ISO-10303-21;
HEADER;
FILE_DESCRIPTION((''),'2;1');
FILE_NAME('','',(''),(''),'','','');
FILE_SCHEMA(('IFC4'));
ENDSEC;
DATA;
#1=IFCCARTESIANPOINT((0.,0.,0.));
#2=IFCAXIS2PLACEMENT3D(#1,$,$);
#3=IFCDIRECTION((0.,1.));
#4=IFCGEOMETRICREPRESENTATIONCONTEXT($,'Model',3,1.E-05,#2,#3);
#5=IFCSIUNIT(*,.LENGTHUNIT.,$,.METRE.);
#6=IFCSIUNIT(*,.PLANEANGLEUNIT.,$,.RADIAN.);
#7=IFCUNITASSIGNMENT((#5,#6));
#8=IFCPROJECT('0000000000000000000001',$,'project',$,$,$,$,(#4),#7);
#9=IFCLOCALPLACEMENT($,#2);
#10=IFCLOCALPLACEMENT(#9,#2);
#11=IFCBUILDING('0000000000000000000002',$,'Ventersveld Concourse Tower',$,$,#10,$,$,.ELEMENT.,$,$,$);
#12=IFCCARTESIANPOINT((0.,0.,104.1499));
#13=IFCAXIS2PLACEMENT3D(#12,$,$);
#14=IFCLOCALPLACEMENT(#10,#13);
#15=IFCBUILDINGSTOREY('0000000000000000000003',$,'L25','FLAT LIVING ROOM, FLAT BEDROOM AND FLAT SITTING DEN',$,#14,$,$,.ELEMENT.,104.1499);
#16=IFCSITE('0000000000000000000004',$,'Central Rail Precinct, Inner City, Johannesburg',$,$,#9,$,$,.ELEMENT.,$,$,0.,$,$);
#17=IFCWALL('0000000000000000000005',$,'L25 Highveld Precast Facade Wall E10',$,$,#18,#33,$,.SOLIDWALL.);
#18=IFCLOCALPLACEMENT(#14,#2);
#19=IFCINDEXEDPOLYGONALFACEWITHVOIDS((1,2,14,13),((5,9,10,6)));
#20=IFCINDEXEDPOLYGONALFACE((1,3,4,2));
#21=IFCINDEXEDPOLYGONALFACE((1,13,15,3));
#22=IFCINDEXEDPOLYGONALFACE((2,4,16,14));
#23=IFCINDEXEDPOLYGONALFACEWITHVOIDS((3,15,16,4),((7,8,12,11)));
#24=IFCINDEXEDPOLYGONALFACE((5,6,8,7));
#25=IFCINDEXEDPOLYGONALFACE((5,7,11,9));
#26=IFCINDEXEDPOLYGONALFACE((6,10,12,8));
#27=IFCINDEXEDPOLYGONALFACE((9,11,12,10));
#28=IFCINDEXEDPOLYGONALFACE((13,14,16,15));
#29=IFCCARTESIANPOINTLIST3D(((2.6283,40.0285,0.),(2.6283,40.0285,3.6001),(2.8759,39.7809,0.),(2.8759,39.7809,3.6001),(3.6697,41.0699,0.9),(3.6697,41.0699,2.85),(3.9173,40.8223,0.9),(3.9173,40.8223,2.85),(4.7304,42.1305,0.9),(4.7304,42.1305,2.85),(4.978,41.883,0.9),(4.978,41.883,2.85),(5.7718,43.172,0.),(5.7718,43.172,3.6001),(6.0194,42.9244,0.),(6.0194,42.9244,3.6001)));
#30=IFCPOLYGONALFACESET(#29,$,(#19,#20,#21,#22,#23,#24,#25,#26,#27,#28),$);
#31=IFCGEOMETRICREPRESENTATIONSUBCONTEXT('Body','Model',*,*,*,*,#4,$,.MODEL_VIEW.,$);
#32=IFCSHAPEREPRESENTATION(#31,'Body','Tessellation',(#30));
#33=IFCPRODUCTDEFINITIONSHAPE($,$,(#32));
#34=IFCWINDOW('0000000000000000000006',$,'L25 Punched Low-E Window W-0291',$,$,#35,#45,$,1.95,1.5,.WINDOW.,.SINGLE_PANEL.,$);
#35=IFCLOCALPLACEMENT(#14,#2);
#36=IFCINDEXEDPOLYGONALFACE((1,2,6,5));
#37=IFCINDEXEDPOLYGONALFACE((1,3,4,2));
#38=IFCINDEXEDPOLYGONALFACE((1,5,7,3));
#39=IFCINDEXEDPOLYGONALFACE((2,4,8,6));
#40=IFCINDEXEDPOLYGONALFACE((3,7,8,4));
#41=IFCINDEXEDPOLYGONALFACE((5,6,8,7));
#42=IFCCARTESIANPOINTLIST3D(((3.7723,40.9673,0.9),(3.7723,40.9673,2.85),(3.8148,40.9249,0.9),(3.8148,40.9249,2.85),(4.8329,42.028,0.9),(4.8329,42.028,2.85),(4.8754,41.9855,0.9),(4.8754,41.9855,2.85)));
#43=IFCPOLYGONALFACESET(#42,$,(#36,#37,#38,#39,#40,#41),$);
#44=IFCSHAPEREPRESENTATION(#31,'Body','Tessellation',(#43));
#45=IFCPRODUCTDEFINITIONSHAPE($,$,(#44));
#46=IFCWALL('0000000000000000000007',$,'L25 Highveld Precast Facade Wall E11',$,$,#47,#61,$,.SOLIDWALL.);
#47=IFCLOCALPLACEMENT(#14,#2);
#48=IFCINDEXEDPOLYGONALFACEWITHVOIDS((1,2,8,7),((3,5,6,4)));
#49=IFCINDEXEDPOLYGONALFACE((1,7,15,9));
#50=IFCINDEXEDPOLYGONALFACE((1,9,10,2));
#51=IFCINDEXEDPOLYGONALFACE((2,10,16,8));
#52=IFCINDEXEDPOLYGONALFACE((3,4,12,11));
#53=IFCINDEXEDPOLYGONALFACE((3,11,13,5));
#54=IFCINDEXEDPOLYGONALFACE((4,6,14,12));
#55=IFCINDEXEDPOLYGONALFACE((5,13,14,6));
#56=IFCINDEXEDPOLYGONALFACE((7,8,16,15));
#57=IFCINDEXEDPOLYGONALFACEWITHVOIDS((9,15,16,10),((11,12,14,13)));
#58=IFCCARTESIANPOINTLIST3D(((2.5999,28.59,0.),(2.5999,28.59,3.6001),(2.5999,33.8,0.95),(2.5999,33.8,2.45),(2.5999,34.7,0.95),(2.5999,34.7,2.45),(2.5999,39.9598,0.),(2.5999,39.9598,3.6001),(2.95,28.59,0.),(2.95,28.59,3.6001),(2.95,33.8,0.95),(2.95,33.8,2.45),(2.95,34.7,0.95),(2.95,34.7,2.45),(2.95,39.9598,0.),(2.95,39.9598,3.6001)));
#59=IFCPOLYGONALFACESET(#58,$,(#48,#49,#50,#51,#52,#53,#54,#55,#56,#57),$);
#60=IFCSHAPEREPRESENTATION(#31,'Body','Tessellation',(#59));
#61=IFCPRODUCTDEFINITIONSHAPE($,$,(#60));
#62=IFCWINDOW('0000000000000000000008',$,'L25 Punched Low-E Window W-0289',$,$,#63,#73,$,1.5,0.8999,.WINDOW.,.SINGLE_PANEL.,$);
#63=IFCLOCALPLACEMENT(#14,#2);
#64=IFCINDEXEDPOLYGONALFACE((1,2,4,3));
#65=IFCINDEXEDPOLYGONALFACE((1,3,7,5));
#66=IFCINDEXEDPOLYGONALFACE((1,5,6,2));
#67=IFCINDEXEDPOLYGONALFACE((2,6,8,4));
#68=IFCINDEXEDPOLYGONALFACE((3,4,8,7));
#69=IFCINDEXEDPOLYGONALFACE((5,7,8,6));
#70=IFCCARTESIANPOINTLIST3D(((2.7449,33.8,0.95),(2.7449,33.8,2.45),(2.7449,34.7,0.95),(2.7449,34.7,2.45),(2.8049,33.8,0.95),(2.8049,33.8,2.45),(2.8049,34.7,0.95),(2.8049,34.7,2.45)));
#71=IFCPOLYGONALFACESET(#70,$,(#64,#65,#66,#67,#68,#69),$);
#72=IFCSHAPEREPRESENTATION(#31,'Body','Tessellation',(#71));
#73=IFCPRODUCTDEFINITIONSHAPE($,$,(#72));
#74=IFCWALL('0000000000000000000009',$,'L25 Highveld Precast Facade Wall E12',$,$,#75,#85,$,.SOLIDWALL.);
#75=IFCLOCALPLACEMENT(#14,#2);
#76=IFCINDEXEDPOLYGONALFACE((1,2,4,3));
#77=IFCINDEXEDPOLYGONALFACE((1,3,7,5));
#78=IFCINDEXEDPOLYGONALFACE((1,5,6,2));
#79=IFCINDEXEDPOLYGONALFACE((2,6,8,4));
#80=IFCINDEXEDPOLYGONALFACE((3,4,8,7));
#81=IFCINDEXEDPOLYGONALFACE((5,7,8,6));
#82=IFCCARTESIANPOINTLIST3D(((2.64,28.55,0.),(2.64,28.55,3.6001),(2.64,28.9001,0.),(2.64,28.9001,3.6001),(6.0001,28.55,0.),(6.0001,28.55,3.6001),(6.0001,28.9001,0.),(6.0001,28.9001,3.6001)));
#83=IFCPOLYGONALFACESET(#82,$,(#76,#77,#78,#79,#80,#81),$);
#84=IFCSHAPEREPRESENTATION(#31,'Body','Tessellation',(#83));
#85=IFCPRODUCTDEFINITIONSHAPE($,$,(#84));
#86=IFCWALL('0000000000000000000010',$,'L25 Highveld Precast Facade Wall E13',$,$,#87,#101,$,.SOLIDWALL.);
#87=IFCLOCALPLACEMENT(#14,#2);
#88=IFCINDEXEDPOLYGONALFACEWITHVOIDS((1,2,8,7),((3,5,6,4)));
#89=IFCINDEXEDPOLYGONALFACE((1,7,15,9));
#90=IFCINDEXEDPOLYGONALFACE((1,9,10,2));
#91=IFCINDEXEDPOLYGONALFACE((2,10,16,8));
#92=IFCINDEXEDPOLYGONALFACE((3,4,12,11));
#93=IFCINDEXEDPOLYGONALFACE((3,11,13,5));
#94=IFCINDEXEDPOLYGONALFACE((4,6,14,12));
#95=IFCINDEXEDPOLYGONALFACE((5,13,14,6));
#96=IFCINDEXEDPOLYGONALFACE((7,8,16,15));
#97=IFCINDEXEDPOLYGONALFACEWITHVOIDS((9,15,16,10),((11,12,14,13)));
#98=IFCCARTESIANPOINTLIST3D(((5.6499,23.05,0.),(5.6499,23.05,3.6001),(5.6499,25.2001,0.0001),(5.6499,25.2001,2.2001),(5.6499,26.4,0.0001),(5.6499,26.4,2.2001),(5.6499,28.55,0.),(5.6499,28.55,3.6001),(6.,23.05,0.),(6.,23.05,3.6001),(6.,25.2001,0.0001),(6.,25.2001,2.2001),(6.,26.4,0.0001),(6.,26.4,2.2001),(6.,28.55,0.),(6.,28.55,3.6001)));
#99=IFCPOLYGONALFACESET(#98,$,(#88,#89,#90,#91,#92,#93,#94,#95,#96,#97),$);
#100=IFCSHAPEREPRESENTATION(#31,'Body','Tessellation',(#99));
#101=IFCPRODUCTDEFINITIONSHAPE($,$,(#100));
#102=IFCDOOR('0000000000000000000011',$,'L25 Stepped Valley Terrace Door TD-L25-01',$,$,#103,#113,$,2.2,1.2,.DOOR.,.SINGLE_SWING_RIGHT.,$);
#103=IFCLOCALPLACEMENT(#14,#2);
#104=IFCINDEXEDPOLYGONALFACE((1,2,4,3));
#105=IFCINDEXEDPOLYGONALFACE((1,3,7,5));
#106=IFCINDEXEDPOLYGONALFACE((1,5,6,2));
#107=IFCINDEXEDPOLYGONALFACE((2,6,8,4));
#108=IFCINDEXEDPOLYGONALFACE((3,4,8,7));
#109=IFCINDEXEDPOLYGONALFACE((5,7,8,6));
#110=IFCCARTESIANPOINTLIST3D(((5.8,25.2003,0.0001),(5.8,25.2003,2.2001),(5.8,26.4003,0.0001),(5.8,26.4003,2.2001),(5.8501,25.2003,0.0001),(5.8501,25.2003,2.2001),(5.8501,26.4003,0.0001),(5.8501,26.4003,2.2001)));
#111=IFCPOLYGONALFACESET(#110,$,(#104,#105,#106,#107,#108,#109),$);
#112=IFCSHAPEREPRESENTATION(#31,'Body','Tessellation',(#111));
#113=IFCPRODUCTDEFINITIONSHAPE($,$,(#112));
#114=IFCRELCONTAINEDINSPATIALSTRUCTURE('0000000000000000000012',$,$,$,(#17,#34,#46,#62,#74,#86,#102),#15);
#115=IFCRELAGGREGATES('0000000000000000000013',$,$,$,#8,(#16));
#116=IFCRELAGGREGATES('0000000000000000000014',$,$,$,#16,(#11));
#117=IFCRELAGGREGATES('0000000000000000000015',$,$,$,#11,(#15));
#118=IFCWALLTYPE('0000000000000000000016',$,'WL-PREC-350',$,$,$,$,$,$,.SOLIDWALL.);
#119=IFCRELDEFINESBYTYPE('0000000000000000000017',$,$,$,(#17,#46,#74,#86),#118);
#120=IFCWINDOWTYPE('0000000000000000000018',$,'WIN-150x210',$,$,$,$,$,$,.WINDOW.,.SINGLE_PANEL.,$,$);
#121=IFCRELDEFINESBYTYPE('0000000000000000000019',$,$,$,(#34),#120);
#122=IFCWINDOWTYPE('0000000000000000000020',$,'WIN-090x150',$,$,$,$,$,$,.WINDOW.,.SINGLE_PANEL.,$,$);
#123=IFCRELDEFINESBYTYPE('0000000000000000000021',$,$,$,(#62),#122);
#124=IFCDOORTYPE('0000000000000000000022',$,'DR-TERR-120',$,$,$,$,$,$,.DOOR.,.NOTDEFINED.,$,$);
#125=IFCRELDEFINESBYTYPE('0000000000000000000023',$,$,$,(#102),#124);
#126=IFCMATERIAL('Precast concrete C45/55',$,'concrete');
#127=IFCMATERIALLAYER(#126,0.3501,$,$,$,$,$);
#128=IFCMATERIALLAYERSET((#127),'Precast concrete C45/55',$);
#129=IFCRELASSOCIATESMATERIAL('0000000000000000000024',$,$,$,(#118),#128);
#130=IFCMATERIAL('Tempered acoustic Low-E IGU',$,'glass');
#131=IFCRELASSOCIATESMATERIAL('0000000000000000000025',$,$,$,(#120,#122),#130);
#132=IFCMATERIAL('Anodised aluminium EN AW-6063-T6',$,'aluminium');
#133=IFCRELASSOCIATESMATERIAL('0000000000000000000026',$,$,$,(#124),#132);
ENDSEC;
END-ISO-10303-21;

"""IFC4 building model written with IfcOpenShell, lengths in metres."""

from ifc_helpers import new_model, si_unit, direction, frame, frame_2d, origin, place, context, subcontext, project, spatial, rectangle, extrude, material, layer, layer_set, type_object, element, fill, save


model = new_model("IFC4")

# Units and contexts
model_context = context("Model", 3, precision=1e-05, world=origin(), true_north=direction((0.0, 1.0)))
body_context = subcontext(model_context, "Body", "Model", "MODEL_VIEW")
ifc_project = project(units=[si_unit("LENGTHUNIT", "METRE"), si_unit("PLANEANGLEUNIT", "RADIAN")], contexts=[model_context])

# Site, building, storey
site_placement = place(None, origin())
site = spatial("IfcSite", under=ifc_project, at=site_placement, Name="Central Rail Precinct, Inner City, Johannesburg", CompositionType="ELEMENT", RefElevation=0.0)
building_placement = place(site_placement, origin())
building = spatial("IfcBuilding", under=site, at=building_placement, Name="Ventersveld Concourse Tower", CompositionType="ELEMENT")
storey_placement = place(building_placement, frame((0.0, 0.0, 104.1499)))
storey = spatial("IfcBuildingStorey", under=building, at=storey_placement, Name="L25", Description="FLAT LIVING ROOM, FLAT BEDROOM AND FLAT SITTING DEN", CompositionType="ELEMENT", Elevation=104.1499)

# Walls, openings, windows
ifc_material_1 = material(Name="Precast concrete C45/55", Category="concrete")
ifc_layer_1 = layer(ifc_material_1, 0.3501)
ifc_layer_set_1 = layer_set([ifc_layer_1], Name="Precast concrete C45/55")
wall_type_1 = type_object("IfcWallType", Name="WL-PREC-350", PredefinedType="SOLIDWALL", material=ifc_layer_set_1)
wall_1_placement = place(storey_placement, frame((5.8955, 43.0481, 0.0), z_axis=(0.0, 0.0, 1.0), x_axis=(-0.707107, -0.707107, 0.0)))
wall_1 = element("IfcWall", 1, at=wall_1_placement, inside=storey, type_object=wall_type_1, Name="L25 Highveld Precast Facade Wall E10", PredefinedType="SOLIDWALL", context=body_context, shape_type="SweptSolid", body=[
    extrude(rectangle(XDim=4.4456, YDim=0.3501, at=frame_2d((2.2227, 0.0))), origin(), (0.0, 0.0, 1.0), 3.6001),
])
opening_1_placement = place(wall_1_placement, frame((1.4727, 0.0, 0.8999)))
opening_1 = element("IfcOpeningElement", 2, at=opening_1_placement, cuts=wall_1, PredefinedType="OPENING", context=body_context, shape_type="SweptSolid", body=[
    extrude(rectangle(XDim=1.5, YDim=1.95, at=frame_2d((0.75, 0.9751))), frame((0.0, 0.1851, 0.0), z_axis=(0.0, -1.0, 0.0), x_axis=(1.0, 0.0, 0.0)), (0.0, 0.0, 1.0), 0.3701),
])
ifc_material_2 = material(Name="Tempered acoustic Low-E IGU", Category="glass")
window_type_1 = type_object("IfcWindowType", Name="WIN-150x210", PartitioningType="SINGLE_PANEL", PredefinedType="WINDOW", material=ifc_material_2)
window_1_placement = place(opening_1_placement, origin())
window_1 = element("IfcWindow", 3, at=window_1_placement, inside=storey, type_object=window_type_1, Name="L25 Punched Low-E Window W-0291", OverallHeight=1.95, OverallWidth=1.5, PartitioningType="SINGLE_PANEL", PredefinedType="WINDOW", context=body_context, shape_type="SweptSolid", body=[
    extrude(rectangle(XDim=1.5, YDim=1.95, at=frame_2d((0.75, 0.9751))), frame((0.0, 0.03, 0.0), z_axis=(0.0, -1.0, 0.0), x_axis=(1.0, 0.0, 0.0)), (0.0, 0.0, 1.0), 0.0601),
])
fill(opening_1, window_1)
wall_2_placement = place(storey_placement, frame((2.7749, 39.96, 0.0), z_axis=(0.0, 0.0, 1.0), x_axis=(0.0, -1.0, 0.0)))
wall_2 = element("IfcWall", 4, at=wall_2_placement, inside=storey, type_object=wall_type_1, Name="L25 Highveld Precast Facade Wall E11", PredefinedType="SOLIDWALL", context=body_context, shape_type="SweptSolid", body=[
    extrude(rectangle(XDim=11.3699, YDim=0.3501, at=frame_2d((5.6851, 0.0))), origin(), (0.0, 0.0, 1.0), 3.6001),
])
opening_2_placement = place(wall_2_placement, frame((5.26, 0.0, 0.95)))
opening_2 = element("IfcOpeningElement", 5, at=opening_2_placement, cuts=wall_2, PredefinedType="OPENING", context=body_context, shape_type="SweptSolid", body=[
    extrude(rectangle(XDim=0.8999, YDim=1.5, at=frame_2d((0.45, 0.75))), frame((0.0, 0.1851, 0.0), z_axis=(0.0, -1.0, 0.0), x_axis=(1.0, 0.0, 0.0)), (0.0, 0.0, 1.0), 0.3701),
])
window_type_2 = type_object("IfcWindowType", Name="WIN-090x150", PartitioningType="SINGLE_PANEL", PredefinedType="WINDOW", material=ifc_material_2)
window_2_placement = place(opening_2_placement, origin())
window_2 = element("IfcWindow", 6, at=window_2_placement, inside=storey, type_object=window_type_2, Name="L25 Punched Low-E Window W-0289", OverallHeight=1.5, OverallWidth=0.8999, PartitioningType="SINGLE_PANEL", PredefinedType="WINDOW", context=body_context, shape_type="SweptSolid", body=[
    extrude(rectangle(XDim=0.8999, YDim=1.5, at=frame_2d((0.45, 0.75))), frame((0.0, 0.03, 0.0), z_axis=(0.0, -1.0, 0.0), x_axis=(1.0, 0.0, 0.0)), (0.0, 0.0, 1.0), 0.0601),
])
fill(opening_2, window_2)

# Wall
wall_3_placement = place(storey_placement, frame((2.6399, 28.7251, 0.0), z_axis=(0.0, 0.0, 1.0), x_axis=(1.0, 0.0, 0.0)))
element("IfcWall", 7, at=wall_3_placement, inside=storey, type_object=wall_type_1, Name="L25 Highveld Precast Facade Wall E12", PredefinedType="SOLIDWALL", context=body_context, shape_type="SweptSolid", body=[
    extrude(rectangle(XDim=3.3601, YDim=0.3501, at=frame_2d((1.6802, 0.0))), origin(), (0.0, 0.0, 1.0), 3.6001),
])

# Wall, opening, door
wall_4_placement = place(storey_placement, frame((5.825, 28.55, 0.0), z_axis=(0.0, 0.0, 1.0), x_axis=(0.0, -1.0, 0.0)))
wall_4 = element("IfcWall", 8, at=wall_4_placement, inside=storey, type_object=wall_type_1, Name="L25 Highveld Precast Facade Wall E13", PredefinedType="SOLIDWALL", context=body_context, shape_type="SweptSolid", body=[
    extrude(rectangle(XDim=5.5, YDim=0.3501, at=frame_2d((2.75, 0.0))), origin(), (0.0, 0.0, 1.0), 3.6001),
])
opening_3_placement = place(wall_4_placement, frame((2.1499, 0.0, 0.0)))
opening_3 = element("IfcOpeningElement", 9, at=opening_3_placement, cuts=wall_4, PredefinedType="OPENING", context=body_context, shape_type="SweptSolid", body=[
    extrude(rectangle(XDim=1.2, YDim=2.2, at=frame_2d((0.6001, 1.1001))), frame((0.0, 0.1851, 0.0), z_axis=(0.0, -1.0, 0.0), x_axis=(1.0, 0.0, 0.0)), (0.0, 0.0, 1.0), 0.3701),
])
ifc_material_3 = material(Name="Anodised aluminium EN AW-6063-T6", Category="aluminium")
door_type_1 = type_object("IfcDoorType", Name="DR-TERR-120", OperationType="NOTDEFINED", PredefinedType="DOOR", material=ifc_material_3)
door_1_placement = place(opening_3_placement, frame((1.2, 0.0, 0.0), z_axis=(0.0, 0.0, 1.0), x_axis=(-1.0, 0.0, 0.0)))
door_1 = element("IfcDoor", 10, at=door_1_placement, inside=storey, type_object=door_type_1, Name="L25 Stepped Valley Terrace Door TD-L25-01", OperationType="SINGLE_SWING_RIGHT", OverallHeight=2.2, OverallWidth=1.2, PredefinedType="DOOR", context=body_context, shape_type="SweptSolid", body=[
    extrude(rectangle(XDim=1.2, YDim=2.2, at=frame_2d((0.6001, 1.1001))), frame((0.0, 0.0249, 0.0), z_axis=(0.0, -1.0, 0.0), x_axis=(1.0, 0.0, 0.0)), (0.0, 0.0, 1.0), 0.05),
])
fill(opening_3, door_1)

save(model, "model.ifc")
